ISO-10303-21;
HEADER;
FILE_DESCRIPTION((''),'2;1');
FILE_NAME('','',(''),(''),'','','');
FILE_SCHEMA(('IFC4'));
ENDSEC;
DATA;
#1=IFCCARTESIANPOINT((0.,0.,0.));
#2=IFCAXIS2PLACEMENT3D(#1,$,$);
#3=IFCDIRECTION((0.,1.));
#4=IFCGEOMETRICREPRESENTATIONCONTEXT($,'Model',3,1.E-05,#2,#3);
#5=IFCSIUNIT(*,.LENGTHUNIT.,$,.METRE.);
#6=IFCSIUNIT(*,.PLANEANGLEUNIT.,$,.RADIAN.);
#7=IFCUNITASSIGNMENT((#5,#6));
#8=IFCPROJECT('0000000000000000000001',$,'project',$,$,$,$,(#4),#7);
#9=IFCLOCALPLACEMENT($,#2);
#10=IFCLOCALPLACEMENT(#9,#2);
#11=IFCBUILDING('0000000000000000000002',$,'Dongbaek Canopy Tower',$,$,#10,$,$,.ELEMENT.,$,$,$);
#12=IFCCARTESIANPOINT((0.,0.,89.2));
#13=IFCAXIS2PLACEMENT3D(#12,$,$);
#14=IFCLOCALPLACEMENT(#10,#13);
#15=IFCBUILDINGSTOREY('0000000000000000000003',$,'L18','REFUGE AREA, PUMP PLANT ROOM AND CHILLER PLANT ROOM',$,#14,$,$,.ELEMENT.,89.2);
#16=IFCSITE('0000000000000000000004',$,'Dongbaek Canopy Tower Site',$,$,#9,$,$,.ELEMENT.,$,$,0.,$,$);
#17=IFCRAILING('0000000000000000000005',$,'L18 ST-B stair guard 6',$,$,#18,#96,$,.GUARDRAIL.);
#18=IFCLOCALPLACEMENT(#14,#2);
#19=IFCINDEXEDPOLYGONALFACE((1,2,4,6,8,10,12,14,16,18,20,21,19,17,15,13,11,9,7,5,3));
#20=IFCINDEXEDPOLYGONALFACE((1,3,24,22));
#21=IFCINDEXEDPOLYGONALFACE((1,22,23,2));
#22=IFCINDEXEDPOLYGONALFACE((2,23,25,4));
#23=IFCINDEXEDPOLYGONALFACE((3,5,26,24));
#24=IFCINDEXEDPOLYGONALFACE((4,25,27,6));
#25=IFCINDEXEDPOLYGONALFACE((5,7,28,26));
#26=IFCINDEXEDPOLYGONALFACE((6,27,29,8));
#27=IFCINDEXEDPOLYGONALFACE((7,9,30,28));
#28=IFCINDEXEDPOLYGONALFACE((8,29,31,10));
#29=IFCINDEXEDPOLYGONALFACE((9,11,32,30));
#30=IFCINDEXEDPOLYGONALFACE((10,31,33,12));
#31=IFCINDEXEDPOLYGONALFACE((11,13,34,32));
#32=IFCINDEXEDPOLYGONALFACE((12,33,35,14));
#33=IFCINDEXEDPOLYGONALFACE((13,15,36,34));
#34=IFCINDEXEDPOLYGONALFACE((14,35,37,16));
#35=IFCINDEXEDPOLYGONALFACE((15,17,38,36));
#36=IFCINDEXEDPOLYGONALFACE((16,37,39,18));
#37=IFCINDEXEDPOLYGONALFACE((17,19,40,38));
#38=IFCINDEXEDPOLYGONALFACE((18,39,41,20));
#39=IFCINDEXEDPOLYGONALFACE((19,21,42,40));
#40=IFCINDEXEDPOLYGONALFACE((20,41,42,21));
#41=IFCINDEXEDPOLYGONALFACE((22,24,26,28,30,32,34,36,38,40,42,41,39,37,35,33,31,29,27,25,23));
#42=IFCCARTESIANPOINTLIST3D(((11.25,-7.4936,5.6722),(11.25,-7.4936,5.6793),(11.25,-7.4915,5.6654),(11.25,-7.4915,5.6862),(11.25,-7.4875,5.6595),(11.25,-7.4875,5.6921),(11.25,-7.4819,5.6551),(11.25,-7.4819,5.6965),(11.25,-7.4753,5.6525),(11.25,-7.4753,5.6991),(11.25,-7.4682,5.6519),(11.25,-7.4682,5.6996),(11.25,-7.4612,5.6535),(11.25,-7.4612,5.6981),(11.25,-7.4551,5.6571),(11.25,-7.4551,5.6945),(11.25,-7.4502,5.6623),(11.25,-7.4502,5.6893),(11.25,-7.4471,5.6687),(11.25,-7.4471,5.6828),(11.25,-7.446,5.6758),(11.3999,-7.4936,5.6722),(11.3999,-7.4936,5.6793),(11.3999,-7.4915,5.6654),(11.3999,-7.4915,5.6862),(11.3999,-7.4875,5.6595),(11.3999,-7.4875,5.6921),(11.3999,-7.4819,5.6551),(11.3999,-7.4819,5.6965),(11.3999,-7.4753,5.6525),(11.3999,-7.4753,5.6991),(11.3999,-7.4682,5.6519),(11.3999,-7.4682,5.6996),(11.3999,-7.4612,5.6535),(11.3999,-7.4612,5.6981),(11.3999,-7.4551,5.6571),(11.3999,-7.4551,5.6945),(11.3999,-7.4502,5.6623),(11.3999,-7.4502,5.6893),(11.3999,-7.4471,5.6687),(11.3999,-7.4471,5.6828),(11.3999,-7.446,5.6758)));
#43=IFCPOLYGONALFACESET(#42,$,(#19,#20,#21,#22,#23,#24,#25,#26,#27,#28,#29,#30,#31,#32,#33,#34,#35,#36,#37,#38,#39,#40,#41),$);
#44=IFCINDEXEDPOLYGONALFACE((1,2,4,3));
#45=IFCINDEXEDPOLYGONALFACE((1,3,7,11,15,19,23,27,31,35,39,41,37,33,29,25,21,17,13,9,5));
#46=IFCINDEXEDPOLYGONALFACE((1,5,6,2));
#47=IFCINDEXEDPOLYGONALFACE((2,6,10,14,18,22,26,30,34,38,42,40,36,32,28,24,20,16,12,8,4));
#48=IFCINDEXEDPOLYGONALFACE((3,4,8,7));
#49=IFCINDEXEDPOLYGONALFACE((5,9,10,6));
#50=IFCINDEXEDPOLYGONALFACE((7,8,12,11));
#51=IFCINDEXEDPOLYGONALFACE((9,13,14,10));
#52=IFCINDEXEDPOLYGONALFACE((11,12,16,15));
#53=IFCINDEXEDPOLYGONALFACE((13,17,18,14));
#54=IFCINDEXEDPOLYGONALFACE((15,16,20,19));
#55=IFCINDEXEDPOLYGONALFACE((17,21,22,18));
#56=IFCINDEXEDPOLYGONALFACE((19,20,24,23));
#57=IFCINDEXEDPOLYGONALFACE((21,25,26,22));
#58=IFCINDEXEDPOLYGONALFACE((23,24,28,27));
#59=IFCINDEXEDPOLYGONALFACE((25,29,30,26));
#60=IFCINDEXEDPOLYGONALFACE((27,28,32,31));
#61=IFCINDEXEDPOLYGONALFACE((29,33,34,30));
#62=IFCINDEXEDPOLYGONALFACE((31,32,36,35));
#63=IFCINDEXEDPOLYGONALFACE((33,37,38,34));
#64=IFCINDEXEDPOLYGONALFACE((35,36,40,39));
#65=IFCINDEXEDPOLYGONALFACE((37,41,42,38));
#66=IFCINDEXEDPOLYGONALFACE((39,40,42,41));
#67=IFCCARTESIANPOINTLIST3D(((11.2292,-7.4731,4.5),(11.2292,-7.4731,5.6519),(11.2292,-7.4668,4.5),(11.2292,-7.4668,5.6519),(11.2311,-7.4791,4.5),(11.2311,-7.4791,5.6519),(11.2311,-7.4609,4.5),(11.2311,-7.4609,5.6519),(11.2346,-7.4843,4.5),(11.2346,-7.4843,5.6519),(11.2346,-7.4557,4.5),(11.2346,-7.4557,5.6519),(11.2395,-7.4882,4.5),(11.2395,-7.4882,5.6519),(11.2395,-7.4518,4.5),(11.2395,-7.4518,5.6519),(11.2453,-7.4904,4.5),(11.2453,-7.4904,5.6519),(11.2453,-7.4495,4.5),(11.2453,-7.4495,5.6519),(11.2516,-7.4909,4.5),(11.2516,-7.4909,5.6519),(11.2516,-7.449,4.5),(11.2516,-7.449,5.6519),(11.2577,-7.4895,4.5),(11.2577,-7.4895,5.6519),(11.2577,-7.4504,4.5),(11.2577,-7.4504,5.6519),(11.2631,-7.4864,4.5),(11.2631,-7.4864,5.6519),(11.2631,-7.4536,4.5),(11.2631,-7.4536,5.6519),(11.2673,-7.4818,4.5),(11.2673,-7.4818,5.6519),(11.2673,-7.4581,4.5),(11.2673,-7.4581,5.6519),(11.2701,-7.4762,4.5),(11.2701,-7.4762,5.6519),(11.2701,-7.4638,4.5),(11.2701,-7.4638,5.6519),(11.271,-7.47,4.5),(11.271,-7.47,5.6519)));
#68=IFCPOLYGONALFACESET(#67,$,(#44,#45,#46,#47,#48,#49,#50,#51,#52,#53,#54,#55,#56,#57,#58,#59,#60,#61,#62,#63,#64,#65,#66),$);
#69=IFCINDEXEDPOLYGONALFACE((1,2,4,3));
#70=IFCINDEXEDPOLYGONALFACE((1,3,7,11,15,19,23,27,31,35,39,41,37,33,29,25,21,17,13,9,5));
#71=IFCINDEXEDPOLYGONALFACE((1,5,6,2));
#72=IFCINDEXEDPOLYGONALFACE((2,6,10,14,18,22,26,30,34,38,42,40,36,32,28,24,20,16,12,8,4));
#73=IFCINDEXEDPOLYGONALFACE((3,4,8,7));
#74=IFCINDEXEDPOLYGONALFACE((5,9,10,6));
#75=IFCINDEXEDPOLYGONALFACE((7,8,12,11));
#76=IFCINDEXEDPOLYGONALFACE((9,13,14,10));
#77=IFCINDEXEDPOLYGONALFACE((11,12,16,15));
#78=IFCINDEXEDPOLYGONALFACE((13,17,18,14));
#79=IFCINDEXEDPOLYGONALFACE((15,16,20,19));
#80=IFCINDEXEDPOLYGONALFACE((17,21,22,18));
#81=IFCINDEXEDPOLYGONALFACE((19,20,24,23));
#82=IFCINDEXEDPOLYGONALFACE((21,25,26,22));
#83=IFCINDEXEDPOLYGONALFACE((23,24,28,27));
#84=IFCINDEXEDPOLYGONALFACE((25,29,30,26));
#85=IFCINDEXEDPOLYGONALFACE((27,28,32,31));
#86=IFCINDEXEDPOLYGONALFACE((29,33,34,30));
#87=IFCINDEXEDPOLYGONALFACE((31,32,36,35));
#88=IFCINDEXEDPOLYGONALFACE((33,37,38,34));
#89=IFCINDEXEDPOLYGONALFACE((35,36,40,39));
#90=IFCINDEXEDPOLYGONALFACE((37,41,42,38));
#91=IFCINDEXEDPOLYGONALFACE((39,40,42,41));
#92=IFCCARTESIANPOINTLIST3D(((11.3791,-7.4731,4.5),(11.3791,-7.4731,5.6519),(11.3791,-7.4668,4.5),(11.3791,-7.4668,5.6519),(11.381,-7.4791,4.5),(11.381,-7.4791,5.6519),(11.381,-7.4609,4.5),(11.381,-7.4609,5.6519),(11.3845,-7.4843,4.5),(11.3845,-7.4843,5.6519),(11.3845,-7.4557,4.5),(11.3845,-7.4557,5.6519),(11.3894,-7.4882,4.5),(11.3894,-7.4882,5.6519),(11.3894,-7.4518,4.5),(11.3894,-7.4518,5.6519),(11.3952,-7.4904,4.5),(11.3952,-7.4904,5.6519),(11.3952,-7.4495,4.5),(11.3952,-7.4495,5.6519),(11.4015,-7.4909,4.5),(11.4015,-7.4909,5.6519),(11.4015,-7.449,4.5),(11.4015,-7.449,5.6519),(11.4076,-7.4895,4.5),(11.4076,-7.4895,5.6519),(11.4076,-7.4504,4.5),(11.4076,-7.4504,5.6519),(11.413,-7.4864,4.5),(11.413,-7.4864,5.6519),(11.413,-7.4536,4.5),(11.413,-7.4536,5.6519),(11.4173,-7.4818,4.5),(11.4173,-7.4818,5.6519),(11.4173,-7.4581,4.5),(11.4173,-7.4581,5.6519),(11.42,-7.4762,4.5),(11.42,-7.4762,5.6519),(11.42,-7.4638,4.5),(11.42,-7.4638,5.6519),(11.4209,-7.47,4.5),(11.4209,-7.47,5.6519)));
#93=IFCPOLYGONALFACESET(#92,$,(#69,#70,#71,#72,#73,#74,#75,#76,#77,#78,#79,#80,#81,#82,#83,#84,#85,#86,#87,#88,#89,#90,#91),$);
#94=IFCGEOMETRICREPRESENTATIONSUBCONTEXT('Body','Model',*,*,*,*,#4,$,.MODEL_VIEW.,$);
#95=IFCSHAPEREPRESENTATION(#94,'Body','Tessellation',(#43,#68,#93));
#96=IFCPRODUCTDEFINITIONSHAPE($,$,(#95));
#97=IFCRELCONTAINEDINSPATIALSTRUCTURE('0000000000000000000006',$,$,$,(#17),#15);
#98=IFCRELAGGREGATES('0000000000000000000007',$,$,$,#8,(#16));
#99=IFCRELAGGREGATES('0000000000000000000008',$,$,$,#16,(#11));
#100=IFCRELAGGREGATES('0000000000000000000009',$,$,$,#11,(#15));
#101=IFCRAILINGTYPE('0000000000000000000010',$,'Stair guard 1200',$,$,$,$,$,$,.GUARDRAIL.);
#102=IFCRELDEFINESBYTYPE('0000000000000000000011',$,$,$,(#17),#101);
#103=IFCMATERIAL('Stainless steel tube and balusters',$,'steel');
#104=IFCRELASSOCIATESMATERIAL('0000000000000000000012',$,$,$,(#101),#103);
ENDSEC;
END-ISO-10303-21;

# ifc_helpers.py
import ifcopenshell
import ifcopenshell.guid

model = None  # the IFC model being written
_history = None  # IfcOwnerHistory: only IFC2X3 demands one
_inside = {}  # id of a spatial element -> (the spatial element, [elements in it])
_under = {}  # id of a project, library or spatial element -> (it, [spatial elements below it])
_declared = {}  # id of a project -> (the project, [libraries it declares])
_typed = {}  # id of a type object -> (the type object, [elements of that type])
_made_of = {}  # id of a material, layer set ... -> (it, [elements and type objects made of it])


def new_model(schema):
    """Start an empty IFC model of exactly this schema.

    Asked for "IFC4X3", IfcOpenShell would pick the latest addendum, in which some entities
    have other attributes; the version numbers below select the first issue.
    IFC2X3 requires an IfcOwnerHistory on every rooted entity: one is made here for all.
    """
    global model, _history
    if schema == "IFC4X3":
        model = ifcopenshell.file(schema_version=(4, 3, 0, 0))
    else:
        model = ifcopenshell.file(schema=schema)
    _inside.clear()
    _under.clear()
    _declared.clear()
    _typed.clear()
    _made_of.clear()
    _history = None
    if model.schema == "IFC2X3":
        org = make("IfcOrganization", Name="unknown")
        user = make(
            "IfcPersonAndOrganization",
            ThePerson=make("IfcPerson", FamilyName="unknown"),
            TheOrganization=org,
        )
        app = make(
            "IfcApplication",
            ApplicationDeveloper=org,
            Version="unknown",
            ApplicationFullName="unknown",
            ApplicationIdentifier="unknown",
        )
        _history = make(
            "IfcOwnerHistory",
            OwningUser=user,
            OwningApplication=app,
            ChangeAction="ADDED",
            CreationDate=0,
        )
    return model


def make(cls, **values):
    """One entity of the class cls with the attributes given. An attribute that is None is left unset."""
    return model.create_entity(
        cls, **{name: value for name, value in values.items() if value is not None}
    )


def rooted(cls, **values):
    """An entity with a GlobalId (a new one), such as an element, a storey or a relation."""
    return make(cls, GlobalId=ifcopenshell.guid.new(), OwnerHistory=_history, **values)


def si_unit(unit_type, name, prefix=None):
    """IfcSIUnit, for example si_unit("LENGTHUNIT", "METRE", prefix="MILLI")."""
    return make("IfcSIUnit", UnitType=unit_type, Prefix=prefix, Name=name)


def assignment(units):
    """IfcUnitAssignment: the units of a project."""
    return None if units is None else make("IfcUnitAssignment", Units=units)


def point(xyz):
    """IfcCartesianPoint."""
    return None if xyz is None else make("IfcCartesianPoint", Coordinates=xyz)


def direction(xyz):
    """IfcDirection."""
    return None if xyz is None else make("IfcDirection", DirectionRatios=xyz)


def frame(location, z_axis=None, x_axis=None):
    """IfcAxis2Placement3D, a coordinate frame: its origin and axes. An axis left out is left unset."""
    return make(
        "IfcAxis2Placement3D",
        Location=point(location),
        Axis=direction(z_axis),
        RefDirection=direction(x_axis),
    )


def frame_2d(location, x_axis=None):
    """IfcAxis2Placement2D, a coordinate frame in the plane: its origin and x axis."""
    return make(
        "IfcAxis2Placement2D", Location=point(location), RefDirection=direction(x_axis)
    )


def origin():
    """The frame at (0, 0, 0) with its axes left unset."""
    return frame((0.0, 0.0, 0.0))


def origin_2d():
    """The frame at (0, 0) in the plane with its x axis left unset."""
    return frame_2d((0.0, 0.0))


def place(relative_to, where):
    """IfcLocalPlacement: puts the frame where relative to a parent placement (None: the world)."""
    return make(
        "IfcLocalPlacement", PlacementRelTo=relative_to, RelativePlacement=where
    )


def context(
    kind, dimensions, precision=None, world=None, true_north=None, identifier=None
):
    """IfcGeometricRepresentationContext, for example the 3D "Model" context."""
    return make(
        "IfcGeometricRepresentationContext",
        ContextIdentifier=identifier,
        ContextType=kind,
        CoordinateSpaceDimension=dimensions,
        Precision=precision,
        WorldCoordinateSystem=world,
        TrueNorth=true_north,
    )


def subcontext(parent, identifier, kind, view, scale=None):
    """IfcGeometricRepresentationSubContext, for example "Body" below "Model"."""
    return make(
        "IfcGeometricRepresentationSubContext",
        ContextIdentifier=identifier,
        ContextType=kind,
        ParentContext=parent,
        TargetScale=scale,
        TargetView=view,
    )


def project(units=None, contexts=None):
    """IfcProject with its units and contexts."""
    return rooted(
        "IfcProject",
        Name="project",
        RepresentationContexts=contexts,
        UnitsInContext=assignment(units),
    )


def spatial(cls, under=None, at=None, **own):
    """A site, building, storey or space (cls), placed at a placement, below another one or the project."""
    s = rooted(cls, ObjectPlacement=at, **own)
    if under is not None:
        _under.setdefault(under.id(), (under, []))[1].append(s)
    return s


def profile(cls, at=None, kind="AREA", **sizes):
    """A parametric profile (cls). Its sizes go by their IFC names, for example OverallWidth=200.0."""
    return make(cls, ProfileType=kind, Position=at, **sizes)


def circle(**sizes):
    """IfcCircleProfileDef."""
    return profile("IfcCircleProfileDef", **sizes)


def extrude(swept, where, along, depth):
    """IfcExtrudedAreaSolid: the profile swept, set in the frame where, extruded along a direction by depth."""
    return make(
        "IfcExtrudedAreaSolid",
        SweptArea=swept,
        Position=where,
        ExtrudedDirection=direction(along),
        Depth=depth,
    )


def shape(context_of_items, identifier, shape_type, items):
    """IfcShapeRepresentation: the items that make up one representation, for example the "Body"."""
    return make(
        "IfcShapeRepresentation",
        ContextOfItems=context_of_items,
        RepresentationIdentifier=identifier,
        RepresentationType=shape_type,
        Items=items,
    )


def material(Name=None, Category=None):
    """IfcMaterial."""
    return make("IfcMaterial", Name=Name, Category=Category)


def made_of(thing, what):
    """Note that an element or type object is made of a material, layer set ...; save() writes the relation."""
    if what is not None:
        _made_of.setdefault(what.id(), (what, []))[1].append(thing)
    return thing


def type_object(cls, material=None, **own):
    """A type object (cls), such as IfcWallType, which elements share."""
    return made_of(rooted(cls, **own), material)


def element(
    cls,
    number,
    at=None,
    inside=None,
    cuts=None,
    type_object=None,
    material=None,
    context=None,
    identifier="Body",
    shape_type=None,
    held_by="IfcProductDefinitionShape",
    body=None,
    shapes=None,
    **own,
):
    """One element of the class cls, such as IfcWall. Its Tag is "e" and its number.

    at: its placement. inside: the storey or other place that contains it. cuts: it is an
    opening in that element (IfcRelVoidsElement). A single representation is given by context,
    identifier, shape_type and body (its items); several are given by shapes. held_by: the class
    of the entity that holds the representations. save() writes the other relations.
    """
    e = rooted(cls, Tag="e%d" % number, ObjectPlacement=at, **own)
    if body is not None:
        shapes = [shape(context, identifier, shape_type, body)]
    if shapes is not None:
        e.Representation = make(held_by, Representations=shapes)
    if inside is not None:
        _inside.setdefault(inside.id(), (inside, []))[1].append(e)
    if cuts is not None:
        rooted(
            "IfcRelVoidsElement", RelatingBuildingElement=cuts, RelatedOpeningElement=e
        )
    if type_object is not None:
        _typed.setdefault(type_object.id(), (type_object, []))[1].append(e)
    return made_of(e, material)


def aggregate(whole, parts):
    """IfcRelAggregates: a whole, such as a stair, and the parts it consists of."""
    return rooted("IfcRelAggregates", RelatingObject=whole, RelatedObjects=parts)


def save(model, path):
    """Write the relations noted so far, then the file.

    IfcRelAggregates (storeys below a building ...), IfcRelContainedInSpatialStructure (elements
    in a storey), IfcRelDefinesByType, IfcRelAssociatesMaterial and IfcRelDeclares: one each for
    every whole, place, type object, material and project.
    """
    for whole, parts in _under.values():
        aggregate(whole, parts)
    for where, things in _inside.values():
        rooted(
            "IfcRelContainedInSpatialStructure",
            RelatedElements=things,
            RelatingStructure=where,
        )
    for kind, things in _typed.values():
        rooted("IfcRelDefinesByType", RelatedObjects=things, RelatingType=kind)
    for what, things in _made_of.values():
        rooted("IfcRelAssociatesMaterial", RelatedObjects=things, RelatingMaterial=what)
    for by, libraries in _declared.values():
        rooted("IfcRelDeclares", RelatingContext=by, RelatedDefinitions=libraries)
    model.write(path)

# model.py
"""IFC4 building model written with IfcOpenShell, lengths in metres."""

from ifc_helpers import new_model, si_unit, direction, frame, origin, origin_2d, place, context, subcontext, project, spatial, circle, extrude, material, type_object, element, save


model = new_model("IFC4")

# Units and contexts
model_context = context("Model", 3, precision=1e-05, world=origin(), true_north=direction((0.0, 1.0)))
body_context = subcontext(model_context, "Body", "Model", "MODEL_VIEW")
ifc_project = project(units=[si_unit("LENGTHUNIT", "METRE"), si_unit("PLANEANGLEUNIT", "RADIAN")], contexts=[model_context])

# Site, building, storey
site_placement = place(None, origin())
site = spatial("IfcSite", under=ifc_project, at=site_placement, Name="Dongbaek Canopy Tower Site", CompositionType="ELEMENT", RefElevation=0.0)
building_placement = place(site_placement, origin())
building = spatial("IfcBuilding", under=site, at=building_placement, Name="Dongbaek Canopy Tower", CompositionType="ELEMENT")
storey_placement = place(building_placement, frame((0.0, 0.0, 89.2)))
storey = spatial("IfcBuildingStorey", under=building, at=storey_placement, Name="L18", Description="REFUGE AREA, PUMP PLANT ROOM AND CHILLER PLANT ROOM", CompositionType="ELEMENT", Elevation=89.2)

# Railing
ifc_material_1 = material(Name="Stainless steel tube and balusters", Category="steel")
railing_type_1 = type_object("IfcRailingType", Name="Stair guard 1200", PredefinedType="GUARDRAIL", material=ifc_material_1)
railing_1_placement = place(storey_placement, frame((11.25, -7.47, 4.5)))
element("IfcRailing", 1, at=railing_1_placement, inside=storey, type_object=railing_type_1, Name="L18 ST-B stair guard 6", PredefinedType="GUARDRAIL", context=body_context, shape_type="SweptSolid", body=[
    extrude(circle(Radius=0.0239, at=origin_2d()), frame((0.0, 0.0, 1.1758), z_axis=(1.0, 0.0, 0.0), x_axis=(0.0, 1.0, 0.0)), (0.0, 0.0, 1.0), 0.1499),
    extrude(circle(Radius=0.021, at=origin_2d()), origin(), (0.0, 0.0, 1.0), 1.1519),
    extrude(circle(Radius=0.021, at=origin_2d()), frame((0.1499, 0.0, 0.0)), (0.0, 0.0, 1.0), 1.1519),
])

save(model, "model.ifc")
